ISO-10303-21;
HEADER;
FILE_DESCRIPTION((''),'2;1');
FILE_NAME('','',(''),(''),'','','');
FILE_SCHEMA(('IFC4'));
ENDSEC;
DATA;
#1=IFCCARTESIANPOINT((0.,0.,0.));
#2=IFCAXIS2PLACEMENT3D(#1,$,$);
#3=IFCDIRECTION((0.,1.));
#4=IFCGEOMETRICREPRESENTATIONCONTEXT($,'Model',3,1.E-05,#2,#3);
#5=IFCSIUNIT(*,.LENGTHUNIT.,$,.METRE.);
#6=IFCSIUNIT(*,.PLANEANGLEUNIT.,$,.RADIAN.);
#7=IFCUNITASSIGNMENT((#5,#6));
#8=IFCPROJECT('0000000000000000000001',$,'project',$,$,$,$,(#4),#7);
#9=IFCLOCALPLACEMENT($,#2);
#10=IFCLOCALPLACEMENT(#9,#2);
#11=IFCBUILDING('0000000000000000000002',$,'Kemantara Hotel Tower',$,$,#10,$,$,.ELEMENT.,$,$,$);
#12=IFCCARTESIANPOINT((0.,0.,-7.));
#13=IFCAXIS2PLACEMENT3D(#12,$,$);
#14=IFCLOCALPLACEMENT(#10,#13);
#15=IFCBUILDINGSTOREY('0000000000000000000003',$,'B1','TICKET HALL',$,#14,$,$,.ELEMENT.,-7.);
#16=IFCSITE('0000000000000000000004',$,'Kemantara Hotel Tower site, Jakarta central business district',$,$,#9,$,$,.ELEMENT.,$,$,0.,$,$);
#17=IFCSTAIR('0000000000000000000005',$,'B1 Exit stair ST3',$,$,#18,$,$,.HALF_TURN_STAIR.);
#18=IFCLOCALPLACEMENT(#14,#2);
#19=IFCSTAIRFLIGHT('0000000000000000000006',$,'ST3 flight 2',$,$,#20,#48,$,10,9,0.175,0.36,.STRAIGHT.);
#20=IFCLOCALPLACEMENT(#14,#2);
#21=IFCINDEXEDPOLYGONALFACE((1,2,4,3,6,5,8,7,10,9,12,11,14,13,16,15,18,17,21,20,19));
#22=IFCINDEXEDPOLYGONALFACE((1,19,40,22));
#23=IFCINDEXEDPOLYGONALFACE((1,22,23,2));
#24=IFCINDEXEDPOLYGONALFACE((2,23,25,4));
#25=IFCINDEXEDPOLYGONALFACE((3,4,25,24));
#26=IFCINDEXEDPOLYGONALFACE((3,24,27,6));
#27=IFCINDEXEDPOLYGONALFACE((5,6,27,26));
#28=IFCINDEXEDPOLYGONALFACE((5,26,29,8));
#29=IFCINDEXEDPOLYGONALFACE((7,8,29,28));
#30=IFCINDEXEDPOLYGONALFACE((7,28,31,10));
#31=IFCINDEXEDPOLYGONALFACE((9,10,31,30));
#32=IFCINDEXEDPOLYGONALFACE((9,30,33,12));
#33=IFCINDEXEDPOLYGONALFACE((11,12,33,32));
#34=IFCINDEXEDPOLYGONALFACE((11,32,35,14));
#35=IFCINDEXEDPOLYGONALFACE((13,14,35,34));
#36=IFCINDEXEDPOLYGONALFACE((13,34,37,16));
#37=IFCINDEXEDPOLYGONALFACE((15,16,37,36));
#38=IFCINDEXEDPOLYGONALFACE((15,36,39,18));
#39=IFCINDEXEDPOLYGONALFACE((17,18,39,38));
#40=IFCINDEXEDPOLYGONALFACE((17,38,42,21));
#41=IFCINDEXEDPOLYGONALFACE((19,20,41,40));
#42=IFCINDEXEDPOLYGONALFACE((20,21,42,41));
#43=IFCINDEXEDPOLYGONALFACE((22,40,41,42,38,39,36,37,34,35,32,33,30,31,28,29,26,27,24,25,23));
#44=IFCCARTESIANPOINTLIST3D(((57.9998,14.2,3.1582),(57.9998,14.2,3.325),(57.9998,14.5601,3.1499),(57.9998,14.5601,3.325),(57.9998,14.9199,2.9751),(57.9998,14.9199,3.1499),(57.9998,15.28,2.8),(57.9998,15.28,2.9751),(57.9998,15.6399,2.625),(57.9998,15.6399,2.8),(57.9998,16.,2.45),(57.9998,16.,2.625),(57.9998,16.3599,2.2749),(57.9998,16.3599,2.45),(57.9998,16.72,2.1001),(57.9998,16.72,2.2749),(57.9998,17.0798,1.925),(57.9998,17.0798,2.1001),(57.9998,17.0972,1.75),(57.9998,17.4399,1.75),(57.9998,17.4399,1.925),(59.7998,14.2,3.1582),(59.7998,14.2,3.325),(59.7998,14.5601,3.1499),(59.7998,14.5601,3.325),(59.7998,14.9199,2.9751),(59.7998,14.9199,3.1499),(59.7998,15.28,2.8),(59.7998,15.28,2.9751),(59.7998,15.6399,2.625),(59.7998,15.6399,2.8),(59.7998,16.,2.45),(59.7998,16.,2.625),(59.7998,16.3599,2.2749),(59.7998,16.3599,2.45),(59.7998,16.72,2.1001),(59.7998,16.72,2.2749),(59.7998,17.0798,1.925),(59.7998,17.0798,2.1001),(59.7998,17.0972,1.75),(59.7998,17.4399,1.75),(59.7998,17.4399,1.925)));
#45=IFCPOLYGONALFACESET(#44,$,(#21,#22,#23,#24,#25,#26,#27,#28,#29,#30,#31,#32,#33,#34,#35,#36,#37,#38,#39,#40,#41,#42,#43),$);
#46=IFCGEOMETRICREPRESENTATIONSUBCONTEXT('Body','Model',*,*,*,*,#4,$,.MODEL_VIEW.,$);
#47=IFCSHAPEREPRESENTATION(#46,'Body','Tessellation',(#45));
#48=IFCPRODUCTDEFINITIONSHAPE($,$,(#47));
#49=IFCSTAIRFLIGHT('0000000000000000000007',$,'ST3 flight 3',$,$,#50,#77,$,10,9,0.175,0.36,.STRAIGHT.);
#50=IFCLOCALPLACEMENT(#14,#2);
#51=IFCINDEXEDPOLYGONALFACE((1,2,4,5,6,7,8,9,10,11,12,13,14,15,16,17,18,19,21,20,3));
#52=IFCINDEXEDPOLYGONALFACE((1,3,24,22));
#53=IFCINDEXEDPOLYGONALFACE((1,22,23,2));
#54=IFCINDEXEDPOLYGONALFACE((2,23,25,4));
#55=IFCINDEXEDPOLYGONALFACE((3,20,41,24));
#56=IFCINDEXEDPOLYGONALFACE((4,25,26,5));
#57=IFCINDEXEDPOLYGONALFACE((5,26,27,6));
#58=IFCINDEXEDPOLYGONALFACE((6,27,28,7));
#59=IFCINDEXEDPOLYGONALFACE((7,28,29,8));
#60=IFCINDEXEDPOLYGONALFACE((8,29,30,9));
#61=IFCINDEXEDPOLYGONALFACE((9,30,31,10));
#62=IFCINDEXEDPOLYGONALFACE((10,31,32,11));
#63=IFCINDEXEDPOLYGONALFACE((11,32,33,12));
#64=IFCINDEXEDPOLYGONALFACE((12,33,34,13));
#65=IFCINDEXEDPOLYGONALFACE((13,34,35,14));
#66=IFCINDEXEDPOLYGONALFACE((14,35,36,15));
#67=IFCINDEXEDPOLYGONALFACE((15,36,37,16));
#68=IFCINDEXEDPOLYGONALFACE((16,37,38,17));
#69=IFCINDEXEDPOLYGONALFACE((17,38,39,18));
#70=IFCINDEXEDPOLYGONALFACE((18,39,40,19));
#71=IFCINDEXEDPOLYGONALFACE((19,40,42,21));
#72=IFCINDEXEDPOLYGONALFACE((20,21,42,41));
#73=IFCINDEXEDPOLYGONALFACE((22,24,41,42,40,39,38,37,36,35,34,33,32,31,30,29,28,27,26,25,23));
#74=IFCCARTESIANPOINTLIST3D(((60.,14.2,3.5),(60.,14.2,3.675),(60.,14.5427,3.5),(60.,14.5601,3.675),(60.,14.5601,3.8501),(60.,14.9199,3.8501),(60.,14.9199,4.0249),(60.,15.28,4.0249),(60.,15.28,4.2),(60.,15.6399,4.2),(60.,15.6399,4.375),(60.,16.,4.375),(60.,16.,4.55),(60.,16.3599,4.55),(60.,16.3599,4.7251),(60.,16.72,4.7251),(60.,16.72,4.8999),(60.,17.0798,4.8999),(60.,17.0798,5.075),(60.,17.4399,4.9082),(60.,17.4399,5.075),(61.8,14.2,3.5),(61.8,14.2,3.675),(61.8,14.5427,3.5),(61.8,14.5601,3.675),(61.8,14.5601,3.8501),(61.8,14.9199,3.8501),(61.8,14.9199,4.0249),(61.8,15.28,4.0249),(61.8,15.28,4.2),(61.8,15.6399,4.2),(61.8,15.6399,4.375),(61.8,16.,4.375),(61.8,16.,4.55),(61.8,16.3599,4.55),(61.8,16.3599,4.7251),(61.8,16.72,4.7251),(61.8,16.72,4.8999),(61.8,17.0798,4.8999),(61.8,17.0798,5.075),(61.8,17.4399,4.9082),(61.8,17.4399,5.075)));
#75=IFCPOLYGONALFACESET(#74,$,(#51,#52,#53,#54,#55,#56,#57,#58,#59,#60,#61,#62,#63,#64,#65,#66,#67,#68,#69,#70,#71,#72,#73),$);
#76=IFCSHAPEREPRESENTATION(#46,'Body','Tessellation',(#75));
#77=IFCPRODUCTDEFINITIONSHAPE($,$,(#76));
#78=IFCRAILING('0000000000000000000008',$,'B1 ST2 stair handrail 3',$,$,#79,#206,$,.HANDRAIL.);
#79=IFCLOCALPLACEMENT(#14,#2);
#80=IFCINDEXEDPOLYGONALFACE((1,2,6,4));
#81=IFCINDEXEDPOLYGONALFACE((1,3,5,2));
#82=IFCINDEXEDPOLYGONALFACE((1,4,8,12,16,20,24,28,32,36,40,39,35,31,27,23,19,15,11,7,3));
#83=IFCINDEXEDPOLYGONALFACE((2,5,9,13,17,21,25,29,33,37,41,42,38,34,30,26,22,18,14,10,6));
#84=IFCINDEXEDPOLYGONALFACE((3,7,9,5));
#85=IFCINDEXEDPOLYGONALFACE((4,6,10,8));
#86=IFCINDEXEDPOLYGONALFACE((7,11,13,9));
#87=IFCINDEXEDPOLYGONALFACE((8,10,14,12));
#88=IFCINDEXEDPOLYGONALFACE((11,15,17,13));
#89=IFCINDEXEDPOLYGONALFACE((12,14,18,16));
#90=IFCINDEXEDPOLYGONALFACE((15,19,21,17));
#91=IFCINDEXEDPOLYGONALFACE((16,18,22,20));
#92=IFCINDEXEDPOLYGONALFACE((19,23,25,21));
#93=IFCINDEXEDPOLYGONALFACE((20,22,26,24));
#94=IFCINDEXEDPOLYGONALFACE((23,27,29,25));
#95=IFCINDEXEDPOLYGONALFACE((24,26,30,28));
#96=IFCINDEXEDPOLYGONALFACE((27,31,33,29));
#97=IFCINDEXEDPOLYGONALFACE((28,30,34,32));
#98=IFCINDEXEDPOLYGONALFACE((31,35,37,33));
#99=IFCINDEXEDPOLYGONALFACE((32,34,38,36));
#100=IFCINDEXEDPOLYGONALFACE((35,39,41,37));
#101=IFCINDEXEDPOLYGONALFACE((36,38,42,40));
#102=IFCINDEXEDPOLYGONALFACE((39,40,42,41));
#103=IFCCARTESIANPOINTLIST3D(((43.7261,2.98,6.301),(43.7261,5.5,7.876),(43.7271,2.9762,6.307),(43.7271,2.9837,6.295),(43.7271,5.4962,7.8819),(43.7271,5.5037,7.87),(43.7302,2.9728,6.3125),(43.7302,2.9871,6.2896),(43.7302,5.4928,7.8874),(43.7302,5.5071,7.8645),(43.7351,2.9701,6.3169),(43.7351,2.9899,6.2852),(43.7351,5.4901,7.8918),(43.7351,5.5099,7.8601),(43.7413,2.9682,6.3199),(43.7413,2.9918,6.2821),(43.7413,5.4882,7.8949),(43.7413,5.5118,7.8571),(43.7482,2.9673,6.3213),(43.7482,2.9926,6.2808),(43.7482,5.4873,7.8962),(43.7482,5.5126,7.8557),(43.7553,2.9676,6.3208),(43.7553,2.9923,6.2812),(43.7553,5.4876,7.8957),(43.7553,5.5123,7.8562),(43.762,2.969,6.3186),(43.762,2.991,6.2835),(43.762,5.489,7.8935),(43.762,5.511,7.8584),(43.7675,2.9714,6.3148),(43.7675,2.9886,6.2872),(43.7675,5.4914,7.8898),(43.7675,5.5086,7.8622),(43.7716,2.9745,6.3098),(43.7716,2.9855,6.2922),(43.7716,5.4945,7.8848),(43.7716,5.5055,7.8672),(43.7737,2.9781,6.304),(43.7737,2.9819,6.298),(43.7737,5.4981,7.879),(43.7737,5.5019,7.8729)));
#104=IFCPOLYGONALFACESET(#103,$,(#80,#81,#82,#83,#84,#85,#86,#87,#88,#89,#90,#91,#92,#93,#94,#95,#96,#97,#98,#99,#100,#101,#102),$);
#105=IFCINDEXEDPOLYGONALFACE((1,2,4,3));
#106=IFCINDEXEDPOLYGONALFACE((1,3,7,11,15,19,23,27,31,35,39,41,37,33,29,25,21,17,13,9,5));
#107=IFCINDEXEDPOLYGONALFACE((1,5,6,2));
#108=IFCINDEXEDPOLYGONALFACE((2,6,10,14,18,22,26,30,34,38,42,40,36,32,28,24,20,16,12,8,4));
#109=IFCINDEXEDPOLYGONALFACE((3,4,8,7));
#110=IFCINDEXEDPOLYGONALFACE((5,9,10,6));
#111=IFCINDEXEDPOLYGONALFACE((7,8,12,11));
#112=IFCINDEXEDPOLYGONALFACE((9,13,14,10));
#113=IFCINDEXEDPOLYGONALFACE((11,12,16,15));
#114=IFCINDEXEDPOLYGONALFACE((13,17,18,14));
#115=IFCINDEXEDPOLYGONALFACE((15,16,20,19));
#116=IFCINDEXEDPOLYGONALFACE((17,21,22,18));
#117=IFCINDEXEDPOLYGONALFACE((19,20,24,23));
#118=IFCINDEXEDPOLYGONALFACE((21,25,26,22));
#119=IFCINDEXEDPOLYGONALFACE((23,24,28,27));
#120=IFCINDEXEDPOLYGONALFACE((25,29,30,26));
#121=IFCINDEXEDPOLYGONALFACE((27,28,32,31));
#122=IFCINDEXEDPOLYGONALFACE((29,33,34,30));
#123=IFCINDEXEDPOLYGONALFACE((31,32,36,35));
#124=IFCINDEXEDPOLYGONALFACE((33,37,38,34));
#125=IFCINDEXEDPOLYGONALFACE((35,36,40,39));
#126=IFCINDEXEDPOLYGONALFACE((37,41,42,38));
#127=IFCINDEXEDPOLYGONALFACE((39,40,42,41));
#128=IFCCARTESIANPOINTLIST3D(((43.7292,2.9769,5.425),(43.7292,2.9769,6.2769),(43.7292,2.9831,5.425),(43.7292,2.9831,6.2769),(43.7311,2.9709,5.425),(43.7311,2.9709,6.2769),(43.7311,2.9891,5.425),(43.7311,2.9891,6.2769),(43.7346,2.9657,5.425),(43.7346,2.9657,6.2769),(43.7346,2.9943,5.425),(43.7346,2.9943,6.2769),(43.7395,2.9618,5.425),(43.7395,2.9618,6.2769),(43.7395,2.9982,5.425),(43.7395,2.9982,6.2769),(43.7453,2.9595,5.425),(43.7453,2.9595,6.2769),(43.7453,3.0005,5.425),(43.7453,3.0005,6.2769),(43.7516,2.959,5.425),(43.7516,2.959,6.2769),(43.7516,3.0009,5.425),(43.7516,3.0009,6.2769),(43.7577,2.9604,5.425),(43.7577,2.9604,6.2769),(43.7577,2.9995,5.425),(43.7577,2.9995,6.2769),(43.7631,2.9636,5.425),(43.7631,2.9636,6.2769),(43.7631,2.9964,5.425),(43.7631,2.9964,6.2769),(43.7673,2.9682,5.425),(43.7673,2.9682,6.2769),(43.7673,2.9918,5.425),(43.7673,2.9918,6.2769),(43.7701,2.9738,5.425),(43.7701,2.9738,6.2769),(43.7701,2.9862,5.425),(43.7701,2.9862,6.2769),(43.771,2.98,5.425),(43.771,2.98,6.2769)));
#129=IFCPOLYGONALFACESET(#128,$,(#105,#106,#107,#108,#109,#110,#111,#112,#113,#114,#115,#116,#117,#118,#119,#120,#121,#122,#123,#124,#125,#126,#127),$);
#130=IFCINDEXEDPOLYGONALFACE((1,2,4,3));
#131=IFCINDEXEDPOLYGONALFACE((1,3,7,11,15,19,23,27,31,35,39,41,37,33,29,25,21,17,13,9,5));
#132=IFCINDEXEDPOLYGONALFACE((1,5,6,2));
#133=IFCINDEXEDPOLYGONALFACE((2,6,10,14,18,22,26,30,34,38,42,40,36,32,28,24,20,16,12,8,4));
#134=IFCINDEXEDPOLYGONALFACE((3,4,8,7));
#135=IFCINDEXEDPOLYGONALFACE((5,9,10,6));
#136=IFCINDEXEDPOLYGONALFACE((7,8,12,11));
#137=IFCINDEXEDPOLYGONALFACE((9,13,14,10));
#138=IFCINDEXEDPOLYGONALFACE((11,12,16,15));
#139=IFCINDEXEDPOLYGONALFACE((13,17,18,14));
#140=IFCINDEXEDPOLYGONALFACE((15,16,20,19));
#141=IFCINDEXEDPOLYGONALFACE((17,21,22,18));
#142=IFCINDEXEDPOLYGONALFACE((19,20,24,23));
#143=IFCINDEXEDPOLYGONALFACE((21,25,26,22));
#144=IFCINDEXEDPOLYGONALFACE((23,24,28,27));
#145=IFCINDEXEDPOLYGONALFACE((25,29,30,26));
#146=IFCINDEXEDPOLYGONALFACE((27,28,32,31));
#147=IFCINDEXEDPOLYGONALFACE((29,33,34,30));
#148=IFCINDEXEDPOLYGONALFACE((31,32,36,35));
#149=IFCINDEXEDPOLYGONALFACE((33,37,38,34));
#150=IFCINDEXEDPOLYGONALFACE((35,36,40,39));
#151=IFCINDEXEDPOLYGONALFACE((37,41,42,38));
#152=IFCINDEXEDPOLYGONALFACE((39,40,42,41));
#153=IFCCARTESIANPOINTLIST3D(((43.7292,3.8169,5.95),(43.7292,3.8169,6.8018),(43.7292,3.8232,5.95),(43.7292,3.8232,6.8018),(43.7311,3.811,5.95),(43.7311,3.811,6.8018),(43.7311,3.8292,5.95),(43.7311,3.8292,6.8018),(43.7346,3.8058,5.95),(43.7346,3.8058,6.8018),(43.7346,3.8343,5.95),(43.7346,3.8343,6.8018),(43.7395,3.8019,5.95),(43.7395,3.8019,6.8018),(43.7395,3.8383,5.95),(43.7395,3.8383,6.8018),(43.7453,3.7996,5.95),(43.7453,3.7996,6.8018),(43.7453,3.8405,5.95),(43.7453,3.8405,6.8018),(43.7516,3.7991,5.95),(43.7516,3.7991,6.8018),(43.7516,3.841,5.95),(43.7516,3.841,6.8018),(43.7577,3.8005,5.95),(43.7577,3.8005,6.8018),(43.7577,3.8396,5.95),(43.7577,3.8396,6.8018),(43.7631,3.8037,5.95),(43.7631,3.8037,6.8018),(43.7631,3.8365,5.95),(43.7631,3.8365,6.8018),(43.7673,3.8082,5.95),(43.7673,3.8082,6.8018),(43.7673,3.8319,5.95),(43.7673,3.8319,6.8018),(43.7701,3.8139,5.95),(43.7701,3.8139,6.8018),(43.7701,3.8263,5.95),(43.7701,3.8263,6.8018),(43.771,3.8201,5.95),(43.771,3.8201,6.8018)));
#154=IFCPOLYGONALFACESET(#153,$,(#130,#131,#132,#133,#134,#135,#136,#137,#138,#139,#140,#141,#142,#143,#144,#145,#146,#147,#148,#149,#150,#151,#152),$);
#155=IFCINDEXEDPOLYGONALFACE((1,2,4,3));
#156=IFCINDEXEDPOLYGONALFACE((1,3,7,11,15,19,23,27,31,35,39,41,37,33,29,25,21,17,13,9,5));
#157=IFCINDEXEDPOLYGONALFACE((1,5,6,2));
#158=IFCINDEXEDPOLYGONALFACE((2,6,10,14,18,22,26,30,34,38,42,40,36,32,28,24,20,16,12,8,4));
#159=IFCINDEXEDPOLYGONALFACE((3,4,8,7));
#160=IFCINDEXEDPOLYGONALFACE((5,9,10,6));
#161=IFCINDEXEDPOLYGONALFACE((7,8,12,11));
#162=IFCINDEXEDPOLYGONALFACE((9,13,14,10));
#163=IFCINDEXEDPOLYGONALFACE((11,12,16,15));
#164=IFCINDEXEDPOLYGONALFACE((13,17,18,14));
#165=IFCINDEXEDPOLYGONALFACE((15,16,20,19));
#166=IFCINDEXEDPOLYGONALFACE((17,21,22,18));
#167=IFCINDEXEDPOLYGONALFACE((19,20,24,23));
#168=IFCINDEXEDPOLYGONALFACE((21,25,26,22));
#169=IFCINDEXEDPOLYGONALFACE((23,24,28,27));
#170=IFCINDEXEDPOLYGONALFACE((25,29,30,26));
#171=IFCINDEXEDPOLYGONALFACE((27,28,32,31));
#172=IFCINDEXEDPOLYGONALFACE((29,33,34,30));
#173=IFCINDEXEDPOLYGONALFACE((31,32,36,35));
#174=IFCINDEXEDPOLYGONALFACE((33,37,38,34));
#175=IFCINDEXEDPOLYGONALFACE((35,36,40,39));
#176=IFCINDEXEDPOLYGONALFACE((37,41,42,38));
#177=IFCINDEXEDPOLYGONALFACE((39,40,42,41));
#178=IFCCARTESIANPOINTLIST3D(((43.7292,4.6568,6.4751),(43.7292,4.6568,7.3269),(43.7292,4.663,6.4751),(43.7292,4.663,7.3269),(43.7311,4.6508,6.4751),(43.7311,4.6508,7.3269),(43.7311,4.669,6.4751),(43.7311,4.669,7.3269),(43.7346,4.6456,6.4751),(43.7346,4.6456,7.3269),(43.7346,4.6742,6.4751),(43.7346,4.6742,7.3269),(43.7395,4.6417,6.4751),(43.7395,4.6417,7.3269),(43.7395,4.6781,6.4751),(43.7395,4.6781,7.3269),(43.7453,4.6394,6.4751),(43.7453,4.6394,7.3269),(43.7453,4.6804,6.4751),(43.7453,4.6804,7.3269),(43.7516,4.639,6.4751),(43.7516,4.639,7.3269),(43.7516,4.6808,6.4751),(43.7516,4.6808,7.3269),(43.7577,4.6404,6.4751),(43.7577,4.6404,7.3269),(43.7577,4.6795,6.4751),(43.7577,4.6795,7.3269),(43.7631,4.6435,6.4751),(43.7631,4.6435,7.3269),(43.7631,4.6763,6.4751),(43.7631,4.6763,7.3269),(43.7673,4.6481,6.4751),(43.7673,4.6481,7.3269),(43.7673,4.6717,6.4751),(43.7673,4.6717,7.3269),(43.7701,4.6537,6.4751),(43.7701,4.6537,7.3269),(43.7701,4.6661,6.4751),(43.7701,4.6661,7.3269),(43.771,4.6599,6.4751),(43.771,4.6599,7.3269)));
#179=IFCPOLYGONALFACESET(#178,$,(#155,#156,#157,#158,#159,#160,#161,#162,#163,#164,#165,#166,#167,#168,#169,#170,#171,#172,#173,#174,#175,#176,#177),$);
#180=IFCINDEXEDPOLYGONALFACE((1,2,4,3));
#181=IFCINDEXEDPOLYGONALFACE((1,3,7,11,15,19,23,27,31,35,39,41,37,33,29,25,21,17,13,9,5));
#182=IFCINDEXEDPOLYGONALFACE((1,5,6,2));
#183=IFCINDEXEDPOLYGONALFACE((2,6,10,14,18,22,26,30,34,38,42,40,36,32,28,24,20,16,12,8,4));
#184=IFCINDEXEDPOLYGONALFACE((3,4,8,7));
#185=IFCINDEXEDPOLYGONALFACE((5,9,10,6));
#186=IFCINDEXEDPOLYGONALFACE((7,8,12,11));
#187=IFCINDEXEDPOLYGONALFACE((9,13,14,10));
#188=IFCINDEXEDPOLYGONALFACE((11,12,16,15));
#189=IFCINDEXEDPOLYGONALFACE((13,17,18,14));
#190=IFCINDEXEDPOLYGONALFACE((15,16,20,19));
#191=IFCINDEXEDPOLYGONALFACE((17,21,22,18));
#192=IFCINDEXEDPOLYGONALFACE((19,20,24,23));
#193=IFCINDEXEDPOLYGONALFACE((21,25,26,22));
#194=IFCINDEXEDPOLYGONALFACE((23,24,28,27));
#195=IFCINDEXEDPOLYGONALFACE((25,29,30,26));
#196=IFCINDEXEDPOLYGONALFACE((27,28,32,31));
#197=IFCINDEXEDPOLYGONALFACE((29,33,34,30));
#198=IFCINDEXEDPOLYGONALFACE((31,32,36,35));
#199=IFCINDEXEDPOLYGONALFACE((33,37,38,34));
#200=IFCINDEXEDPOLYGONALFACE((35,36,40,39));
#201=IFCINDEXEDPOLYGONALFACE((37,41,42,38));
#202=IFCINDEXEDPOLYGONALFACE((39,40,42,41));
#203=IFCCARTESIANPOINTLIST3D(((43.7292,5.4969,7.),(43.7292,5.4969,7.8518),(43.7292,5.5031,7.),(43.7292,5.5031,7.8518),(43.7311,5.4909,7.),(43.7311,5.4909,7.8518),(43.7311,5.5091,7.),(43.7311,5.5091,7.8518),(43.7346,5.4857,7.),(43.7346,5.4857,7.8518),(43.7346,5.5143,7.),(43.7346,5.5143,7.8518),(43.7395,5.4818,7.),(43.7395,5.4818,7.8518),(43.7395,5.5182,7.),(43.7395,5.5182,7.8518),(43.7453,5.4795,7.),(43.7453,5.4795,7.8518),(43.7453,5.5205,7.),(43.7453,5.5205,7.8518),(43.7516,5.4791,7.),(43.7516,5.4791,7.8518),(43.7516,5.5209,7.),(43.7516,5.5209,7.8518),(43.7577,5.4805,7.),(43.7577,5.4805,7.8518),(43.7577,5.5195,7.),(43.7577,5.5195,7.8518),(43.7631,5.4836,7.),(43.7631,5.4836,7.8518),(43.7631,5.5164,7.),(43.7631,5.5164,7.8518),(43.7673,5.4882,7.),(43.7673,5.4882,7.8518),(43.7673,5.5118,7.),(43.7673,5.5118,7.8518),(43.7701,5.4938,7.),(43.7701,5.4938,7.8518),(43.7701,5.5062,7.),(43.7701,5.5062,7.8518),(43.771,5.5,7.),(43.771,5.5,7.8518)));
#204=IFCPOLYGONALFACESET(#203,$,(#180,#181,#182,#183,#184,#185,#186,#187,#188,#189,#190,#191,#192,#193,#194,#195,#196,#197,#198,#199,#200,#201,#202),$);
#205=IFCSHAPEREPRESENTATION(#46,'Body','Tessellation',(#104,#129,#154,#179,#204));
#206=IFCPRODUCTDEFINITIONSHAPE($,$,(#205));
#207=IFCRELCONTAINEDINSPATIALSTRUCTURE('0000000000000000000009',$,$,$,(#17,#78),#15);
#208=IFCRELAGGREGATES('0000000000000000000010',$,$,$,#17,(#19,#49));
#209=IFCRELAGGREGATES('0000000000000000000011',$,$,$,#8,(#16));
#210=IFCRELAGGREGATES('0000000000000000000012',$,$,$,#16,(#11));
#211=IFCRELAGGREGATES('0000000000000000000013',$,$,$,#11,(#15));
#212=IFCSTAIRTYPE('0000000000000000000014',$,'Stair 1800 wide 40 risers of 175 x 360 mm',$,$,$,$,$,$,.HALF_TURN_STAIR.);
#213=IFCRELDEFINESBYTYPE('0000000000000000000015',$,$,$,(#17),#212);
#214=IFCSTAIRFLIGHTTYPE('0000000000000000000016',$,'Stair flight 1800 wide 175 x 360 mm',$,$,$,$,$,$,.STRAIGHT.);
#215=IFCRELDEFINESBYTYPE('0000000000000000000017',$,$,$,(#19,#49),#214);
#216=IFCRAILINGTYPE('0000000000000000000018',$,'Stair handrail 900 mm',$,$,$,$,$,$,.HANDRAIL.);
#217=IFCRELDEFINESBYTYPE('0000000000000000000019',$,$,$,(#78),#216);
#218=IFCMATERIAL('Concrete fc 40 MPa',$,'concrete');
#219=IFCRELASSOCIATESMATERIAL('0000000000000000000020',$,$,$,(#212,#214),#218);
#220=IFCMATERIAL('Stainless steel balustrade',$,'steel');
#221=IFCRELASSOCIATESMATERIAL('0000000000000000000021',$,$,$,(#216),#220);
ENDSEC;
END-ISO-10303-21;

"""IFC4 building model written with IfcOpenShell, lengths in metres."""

from ifc_helpers import new_model, si_unit, direction, frame, origin, origin_2d, place, context, subcontext, project, spatial, polyline, circle, outline, extrude, material, type_object, element, aggregate, save


model = new_model("IFC4")

# Units and contexts
model_context = context("Model", 3, precision=1e-05, world=origin(), true_north=direction((0.0, 1.0)))
body_context = subcontext(model_context, "Body", "Model", "MODEL_VIEW")
ifc_project = project(units=[si_unit("LENGTHUNIT", "METRE"), si_unit("PLANEANGLEUNIT", "RADIAN")], contexts=[model_context])

# Site, building, storey
site_placement = place(None, origin())
site = spatial("IfcSite", under=ifc_project, at=site_placement, Name="Kemantara Hotel Tower site, Jakarta central business district", CompositionType="ELEMENT", RefElevation=0.0)
building_placement = place(site_placement, origin())
building = spatial("IfcBuilding", under=site, at=building_placement, Name="Kemantara Hotel Tower", CompositionType="ELEMENT")
storey_placement = place(building_placement, frame((0.0, 0.0, -7.0)))
storey = spatial("IfcBuildingStorey", under=building, at=storey_placement, Name="B1", Description="TICKET HALL", CompositionType="ELEMENT", Elevation=-7.0)

# Shared definitions
ifc_material_1 = material(Name="Concrete fc 40 MPa", Category="concrete")

# Stair, stair flights
stair_type_1 = type_object("IfcStairType", Name="Stair 1800 wide 40 risers of 175 x 360 mm", PredefinedType="HALF_TURN_STAIR", material=ifc_material_1)
stair_1_placement = place(storey_placement, origin())
stair_1 = element("IfcStair", 1, at=stair_1_placement, inside=storey, type_object=stair_type_1, Name="B1 Exit stair ST3", PredefinedType="HALF_TURN_STAIR")
stair_flight_type_1 = type_object("IfcStairFlightType", Name="Stair flight 1800 wide 175 x 360 mm", PredefinedType="STRAIGHT", material=ifc_material_1)
stair_flight_1_placement = place(storey_placement, frame((58.8999, 17.4399, 1.75), z_axis=(0.0, 0.0, 1.0), x_axis=(0.0, -1.0, 0.0)))
stair_flight_1 = element("IfcStairFlight", 2, at=stair_flight_1_placement, type_object=stair_flight_type_1, Name="ST3 flight 2", NumberOfRisers=10, NumberOfTreads=9, PredefinedType="STRAIGHT", RiserHeight=0.175, TreadLength=0.36, context=body_context, shape_type="SweptSolid", body=[
    extrude(outline(polyline([(0.0, 0.0), (0.0, 0.175), (0.3601, 0.175), (0.3601, 0.3501), (0.72, 0.3501), (0.72, 0.5249), (1.0801, 0.5249), (1.0801, 0.7), (1.4399, 0.7), (1.4399, 0.875), (1.8, 0.875), (1.8, 1.05), (2.1599, 1.05), (2.1599, 1.2251), (2.52, 1.2251), (2.52, 1.3999), (2.8799, 1.3999), (2.8799, 1.575), (3.24, 1.575), (3.24, 1.75), (3.24, 1.4082), (0.3428, 0.0), (0.0, 0.0)])), frame((0.0, 0.8999, 0.0), z_axis=(0.0, -1.0, 0.0), x_axis=(1.0, 0.0, 0.0)), (0.0, 0.0, 1.0), 1.8),
])
stair_flight_2_placement = place(storey_placement, frame((60.8999, 14.2, 3.5), z_axis=(0.0, 0.0, 1.0), x_axis=(0.0, 1.0, 0.0)))
stair_flight_2 = element("IfcStairFlight", 3, at=stair_flight_2_placement, type_object=stair_flight_type_1, Name="ST3 flight 3", NumberOfRisers=10, NumberOfTreads=9, PredefinedType="STRAIGHT", RiserHeight=0.175, TreadLength=0.36, context=body_context, shape_type="SweptSolid", body=[
    extrude(outline(polyline([(0.0, 0.0), (0.0, 0.175), (0.3601, 0.175), (0.3601, 0.3501), (0.72, 0.3501), (0.72, 0.5249), (1.0801, 0.5249), (1.0801, 0.7), (1.4399, 0.7), (1.4399, 0.875), (1.8, 0.875), (1.8, 1.05), (2.1599, 1.05), (2.1599, 1.2251), (2.52, 1.2251), (2.52, 1.3999), (2.8799, 1.3999), (2.8799, 1.575), (3.24, 1.575), (3.24, 1.75), (3.24, 1.4082), (0.3428, 0.0), (0.0, 0.0)])), frame((0.0, 0.8999, 0.0), z_axis=(0.0, -1.0, 0.0), x_axis=(1.0, 0.0, 0.0)), (0.0, 0.0, 1.0), 1.8),
])
aggregate(stair_1, [stair_flight_1, stair_flight_2])

# Railing
ifc_material_2 = material(Name="Stainless steel balustrade", Category="steel")
railing_type_1 = type_object("IfcRailingType", Name="Stair handrail 900 mm", PredefinedType="HANDRAIL", material=ifc_material_2)
railing_1_placement = place(storey_placement, frame((43.75, 2.98, 5.425)))
element("IfcRailing", 4, at=railing_1_placement, inside=storey, type_object=railing_type_1, Name="B1 ST2 stair handrail 3", PredefinedType="HANDRAIL", context=body_context, shape_type="SweptSolid", body=[
    extrude(circle(Radius=0.0239, at=origin_2d()), frame((0.0, 0.0, 0.876), z_axis=(0.0, 0.848008, 0.529984), x_axis=(-1.0, 0.0, 0.0)), (0.0, 0.0, 1.0), 2.9717),
    extrude(circle(Radius=0.021, at=origin_2d()), origin(), (0.0, 0.0, 1.0), 0.8518),
    extrude(circle(Radius=0.021, at=origin_2d()), frame((0.0, 0.8401, 0.5249)), (0.0, 0.0, 1.0), 0.8518),
    extrude(circle(Radius=0.021, at=origin_2d()), frame((0.0, 1.6799, 1.05)), (0.0, 0.0, 1.0), 0.8518),
    extrude(circle(Radius=0.021, at=origin_2d()), frame((0.0, 2.52, 1.575)), (0.0, 0.0, 1.0), 0.8518),
])

save(model, "model.ifc")
